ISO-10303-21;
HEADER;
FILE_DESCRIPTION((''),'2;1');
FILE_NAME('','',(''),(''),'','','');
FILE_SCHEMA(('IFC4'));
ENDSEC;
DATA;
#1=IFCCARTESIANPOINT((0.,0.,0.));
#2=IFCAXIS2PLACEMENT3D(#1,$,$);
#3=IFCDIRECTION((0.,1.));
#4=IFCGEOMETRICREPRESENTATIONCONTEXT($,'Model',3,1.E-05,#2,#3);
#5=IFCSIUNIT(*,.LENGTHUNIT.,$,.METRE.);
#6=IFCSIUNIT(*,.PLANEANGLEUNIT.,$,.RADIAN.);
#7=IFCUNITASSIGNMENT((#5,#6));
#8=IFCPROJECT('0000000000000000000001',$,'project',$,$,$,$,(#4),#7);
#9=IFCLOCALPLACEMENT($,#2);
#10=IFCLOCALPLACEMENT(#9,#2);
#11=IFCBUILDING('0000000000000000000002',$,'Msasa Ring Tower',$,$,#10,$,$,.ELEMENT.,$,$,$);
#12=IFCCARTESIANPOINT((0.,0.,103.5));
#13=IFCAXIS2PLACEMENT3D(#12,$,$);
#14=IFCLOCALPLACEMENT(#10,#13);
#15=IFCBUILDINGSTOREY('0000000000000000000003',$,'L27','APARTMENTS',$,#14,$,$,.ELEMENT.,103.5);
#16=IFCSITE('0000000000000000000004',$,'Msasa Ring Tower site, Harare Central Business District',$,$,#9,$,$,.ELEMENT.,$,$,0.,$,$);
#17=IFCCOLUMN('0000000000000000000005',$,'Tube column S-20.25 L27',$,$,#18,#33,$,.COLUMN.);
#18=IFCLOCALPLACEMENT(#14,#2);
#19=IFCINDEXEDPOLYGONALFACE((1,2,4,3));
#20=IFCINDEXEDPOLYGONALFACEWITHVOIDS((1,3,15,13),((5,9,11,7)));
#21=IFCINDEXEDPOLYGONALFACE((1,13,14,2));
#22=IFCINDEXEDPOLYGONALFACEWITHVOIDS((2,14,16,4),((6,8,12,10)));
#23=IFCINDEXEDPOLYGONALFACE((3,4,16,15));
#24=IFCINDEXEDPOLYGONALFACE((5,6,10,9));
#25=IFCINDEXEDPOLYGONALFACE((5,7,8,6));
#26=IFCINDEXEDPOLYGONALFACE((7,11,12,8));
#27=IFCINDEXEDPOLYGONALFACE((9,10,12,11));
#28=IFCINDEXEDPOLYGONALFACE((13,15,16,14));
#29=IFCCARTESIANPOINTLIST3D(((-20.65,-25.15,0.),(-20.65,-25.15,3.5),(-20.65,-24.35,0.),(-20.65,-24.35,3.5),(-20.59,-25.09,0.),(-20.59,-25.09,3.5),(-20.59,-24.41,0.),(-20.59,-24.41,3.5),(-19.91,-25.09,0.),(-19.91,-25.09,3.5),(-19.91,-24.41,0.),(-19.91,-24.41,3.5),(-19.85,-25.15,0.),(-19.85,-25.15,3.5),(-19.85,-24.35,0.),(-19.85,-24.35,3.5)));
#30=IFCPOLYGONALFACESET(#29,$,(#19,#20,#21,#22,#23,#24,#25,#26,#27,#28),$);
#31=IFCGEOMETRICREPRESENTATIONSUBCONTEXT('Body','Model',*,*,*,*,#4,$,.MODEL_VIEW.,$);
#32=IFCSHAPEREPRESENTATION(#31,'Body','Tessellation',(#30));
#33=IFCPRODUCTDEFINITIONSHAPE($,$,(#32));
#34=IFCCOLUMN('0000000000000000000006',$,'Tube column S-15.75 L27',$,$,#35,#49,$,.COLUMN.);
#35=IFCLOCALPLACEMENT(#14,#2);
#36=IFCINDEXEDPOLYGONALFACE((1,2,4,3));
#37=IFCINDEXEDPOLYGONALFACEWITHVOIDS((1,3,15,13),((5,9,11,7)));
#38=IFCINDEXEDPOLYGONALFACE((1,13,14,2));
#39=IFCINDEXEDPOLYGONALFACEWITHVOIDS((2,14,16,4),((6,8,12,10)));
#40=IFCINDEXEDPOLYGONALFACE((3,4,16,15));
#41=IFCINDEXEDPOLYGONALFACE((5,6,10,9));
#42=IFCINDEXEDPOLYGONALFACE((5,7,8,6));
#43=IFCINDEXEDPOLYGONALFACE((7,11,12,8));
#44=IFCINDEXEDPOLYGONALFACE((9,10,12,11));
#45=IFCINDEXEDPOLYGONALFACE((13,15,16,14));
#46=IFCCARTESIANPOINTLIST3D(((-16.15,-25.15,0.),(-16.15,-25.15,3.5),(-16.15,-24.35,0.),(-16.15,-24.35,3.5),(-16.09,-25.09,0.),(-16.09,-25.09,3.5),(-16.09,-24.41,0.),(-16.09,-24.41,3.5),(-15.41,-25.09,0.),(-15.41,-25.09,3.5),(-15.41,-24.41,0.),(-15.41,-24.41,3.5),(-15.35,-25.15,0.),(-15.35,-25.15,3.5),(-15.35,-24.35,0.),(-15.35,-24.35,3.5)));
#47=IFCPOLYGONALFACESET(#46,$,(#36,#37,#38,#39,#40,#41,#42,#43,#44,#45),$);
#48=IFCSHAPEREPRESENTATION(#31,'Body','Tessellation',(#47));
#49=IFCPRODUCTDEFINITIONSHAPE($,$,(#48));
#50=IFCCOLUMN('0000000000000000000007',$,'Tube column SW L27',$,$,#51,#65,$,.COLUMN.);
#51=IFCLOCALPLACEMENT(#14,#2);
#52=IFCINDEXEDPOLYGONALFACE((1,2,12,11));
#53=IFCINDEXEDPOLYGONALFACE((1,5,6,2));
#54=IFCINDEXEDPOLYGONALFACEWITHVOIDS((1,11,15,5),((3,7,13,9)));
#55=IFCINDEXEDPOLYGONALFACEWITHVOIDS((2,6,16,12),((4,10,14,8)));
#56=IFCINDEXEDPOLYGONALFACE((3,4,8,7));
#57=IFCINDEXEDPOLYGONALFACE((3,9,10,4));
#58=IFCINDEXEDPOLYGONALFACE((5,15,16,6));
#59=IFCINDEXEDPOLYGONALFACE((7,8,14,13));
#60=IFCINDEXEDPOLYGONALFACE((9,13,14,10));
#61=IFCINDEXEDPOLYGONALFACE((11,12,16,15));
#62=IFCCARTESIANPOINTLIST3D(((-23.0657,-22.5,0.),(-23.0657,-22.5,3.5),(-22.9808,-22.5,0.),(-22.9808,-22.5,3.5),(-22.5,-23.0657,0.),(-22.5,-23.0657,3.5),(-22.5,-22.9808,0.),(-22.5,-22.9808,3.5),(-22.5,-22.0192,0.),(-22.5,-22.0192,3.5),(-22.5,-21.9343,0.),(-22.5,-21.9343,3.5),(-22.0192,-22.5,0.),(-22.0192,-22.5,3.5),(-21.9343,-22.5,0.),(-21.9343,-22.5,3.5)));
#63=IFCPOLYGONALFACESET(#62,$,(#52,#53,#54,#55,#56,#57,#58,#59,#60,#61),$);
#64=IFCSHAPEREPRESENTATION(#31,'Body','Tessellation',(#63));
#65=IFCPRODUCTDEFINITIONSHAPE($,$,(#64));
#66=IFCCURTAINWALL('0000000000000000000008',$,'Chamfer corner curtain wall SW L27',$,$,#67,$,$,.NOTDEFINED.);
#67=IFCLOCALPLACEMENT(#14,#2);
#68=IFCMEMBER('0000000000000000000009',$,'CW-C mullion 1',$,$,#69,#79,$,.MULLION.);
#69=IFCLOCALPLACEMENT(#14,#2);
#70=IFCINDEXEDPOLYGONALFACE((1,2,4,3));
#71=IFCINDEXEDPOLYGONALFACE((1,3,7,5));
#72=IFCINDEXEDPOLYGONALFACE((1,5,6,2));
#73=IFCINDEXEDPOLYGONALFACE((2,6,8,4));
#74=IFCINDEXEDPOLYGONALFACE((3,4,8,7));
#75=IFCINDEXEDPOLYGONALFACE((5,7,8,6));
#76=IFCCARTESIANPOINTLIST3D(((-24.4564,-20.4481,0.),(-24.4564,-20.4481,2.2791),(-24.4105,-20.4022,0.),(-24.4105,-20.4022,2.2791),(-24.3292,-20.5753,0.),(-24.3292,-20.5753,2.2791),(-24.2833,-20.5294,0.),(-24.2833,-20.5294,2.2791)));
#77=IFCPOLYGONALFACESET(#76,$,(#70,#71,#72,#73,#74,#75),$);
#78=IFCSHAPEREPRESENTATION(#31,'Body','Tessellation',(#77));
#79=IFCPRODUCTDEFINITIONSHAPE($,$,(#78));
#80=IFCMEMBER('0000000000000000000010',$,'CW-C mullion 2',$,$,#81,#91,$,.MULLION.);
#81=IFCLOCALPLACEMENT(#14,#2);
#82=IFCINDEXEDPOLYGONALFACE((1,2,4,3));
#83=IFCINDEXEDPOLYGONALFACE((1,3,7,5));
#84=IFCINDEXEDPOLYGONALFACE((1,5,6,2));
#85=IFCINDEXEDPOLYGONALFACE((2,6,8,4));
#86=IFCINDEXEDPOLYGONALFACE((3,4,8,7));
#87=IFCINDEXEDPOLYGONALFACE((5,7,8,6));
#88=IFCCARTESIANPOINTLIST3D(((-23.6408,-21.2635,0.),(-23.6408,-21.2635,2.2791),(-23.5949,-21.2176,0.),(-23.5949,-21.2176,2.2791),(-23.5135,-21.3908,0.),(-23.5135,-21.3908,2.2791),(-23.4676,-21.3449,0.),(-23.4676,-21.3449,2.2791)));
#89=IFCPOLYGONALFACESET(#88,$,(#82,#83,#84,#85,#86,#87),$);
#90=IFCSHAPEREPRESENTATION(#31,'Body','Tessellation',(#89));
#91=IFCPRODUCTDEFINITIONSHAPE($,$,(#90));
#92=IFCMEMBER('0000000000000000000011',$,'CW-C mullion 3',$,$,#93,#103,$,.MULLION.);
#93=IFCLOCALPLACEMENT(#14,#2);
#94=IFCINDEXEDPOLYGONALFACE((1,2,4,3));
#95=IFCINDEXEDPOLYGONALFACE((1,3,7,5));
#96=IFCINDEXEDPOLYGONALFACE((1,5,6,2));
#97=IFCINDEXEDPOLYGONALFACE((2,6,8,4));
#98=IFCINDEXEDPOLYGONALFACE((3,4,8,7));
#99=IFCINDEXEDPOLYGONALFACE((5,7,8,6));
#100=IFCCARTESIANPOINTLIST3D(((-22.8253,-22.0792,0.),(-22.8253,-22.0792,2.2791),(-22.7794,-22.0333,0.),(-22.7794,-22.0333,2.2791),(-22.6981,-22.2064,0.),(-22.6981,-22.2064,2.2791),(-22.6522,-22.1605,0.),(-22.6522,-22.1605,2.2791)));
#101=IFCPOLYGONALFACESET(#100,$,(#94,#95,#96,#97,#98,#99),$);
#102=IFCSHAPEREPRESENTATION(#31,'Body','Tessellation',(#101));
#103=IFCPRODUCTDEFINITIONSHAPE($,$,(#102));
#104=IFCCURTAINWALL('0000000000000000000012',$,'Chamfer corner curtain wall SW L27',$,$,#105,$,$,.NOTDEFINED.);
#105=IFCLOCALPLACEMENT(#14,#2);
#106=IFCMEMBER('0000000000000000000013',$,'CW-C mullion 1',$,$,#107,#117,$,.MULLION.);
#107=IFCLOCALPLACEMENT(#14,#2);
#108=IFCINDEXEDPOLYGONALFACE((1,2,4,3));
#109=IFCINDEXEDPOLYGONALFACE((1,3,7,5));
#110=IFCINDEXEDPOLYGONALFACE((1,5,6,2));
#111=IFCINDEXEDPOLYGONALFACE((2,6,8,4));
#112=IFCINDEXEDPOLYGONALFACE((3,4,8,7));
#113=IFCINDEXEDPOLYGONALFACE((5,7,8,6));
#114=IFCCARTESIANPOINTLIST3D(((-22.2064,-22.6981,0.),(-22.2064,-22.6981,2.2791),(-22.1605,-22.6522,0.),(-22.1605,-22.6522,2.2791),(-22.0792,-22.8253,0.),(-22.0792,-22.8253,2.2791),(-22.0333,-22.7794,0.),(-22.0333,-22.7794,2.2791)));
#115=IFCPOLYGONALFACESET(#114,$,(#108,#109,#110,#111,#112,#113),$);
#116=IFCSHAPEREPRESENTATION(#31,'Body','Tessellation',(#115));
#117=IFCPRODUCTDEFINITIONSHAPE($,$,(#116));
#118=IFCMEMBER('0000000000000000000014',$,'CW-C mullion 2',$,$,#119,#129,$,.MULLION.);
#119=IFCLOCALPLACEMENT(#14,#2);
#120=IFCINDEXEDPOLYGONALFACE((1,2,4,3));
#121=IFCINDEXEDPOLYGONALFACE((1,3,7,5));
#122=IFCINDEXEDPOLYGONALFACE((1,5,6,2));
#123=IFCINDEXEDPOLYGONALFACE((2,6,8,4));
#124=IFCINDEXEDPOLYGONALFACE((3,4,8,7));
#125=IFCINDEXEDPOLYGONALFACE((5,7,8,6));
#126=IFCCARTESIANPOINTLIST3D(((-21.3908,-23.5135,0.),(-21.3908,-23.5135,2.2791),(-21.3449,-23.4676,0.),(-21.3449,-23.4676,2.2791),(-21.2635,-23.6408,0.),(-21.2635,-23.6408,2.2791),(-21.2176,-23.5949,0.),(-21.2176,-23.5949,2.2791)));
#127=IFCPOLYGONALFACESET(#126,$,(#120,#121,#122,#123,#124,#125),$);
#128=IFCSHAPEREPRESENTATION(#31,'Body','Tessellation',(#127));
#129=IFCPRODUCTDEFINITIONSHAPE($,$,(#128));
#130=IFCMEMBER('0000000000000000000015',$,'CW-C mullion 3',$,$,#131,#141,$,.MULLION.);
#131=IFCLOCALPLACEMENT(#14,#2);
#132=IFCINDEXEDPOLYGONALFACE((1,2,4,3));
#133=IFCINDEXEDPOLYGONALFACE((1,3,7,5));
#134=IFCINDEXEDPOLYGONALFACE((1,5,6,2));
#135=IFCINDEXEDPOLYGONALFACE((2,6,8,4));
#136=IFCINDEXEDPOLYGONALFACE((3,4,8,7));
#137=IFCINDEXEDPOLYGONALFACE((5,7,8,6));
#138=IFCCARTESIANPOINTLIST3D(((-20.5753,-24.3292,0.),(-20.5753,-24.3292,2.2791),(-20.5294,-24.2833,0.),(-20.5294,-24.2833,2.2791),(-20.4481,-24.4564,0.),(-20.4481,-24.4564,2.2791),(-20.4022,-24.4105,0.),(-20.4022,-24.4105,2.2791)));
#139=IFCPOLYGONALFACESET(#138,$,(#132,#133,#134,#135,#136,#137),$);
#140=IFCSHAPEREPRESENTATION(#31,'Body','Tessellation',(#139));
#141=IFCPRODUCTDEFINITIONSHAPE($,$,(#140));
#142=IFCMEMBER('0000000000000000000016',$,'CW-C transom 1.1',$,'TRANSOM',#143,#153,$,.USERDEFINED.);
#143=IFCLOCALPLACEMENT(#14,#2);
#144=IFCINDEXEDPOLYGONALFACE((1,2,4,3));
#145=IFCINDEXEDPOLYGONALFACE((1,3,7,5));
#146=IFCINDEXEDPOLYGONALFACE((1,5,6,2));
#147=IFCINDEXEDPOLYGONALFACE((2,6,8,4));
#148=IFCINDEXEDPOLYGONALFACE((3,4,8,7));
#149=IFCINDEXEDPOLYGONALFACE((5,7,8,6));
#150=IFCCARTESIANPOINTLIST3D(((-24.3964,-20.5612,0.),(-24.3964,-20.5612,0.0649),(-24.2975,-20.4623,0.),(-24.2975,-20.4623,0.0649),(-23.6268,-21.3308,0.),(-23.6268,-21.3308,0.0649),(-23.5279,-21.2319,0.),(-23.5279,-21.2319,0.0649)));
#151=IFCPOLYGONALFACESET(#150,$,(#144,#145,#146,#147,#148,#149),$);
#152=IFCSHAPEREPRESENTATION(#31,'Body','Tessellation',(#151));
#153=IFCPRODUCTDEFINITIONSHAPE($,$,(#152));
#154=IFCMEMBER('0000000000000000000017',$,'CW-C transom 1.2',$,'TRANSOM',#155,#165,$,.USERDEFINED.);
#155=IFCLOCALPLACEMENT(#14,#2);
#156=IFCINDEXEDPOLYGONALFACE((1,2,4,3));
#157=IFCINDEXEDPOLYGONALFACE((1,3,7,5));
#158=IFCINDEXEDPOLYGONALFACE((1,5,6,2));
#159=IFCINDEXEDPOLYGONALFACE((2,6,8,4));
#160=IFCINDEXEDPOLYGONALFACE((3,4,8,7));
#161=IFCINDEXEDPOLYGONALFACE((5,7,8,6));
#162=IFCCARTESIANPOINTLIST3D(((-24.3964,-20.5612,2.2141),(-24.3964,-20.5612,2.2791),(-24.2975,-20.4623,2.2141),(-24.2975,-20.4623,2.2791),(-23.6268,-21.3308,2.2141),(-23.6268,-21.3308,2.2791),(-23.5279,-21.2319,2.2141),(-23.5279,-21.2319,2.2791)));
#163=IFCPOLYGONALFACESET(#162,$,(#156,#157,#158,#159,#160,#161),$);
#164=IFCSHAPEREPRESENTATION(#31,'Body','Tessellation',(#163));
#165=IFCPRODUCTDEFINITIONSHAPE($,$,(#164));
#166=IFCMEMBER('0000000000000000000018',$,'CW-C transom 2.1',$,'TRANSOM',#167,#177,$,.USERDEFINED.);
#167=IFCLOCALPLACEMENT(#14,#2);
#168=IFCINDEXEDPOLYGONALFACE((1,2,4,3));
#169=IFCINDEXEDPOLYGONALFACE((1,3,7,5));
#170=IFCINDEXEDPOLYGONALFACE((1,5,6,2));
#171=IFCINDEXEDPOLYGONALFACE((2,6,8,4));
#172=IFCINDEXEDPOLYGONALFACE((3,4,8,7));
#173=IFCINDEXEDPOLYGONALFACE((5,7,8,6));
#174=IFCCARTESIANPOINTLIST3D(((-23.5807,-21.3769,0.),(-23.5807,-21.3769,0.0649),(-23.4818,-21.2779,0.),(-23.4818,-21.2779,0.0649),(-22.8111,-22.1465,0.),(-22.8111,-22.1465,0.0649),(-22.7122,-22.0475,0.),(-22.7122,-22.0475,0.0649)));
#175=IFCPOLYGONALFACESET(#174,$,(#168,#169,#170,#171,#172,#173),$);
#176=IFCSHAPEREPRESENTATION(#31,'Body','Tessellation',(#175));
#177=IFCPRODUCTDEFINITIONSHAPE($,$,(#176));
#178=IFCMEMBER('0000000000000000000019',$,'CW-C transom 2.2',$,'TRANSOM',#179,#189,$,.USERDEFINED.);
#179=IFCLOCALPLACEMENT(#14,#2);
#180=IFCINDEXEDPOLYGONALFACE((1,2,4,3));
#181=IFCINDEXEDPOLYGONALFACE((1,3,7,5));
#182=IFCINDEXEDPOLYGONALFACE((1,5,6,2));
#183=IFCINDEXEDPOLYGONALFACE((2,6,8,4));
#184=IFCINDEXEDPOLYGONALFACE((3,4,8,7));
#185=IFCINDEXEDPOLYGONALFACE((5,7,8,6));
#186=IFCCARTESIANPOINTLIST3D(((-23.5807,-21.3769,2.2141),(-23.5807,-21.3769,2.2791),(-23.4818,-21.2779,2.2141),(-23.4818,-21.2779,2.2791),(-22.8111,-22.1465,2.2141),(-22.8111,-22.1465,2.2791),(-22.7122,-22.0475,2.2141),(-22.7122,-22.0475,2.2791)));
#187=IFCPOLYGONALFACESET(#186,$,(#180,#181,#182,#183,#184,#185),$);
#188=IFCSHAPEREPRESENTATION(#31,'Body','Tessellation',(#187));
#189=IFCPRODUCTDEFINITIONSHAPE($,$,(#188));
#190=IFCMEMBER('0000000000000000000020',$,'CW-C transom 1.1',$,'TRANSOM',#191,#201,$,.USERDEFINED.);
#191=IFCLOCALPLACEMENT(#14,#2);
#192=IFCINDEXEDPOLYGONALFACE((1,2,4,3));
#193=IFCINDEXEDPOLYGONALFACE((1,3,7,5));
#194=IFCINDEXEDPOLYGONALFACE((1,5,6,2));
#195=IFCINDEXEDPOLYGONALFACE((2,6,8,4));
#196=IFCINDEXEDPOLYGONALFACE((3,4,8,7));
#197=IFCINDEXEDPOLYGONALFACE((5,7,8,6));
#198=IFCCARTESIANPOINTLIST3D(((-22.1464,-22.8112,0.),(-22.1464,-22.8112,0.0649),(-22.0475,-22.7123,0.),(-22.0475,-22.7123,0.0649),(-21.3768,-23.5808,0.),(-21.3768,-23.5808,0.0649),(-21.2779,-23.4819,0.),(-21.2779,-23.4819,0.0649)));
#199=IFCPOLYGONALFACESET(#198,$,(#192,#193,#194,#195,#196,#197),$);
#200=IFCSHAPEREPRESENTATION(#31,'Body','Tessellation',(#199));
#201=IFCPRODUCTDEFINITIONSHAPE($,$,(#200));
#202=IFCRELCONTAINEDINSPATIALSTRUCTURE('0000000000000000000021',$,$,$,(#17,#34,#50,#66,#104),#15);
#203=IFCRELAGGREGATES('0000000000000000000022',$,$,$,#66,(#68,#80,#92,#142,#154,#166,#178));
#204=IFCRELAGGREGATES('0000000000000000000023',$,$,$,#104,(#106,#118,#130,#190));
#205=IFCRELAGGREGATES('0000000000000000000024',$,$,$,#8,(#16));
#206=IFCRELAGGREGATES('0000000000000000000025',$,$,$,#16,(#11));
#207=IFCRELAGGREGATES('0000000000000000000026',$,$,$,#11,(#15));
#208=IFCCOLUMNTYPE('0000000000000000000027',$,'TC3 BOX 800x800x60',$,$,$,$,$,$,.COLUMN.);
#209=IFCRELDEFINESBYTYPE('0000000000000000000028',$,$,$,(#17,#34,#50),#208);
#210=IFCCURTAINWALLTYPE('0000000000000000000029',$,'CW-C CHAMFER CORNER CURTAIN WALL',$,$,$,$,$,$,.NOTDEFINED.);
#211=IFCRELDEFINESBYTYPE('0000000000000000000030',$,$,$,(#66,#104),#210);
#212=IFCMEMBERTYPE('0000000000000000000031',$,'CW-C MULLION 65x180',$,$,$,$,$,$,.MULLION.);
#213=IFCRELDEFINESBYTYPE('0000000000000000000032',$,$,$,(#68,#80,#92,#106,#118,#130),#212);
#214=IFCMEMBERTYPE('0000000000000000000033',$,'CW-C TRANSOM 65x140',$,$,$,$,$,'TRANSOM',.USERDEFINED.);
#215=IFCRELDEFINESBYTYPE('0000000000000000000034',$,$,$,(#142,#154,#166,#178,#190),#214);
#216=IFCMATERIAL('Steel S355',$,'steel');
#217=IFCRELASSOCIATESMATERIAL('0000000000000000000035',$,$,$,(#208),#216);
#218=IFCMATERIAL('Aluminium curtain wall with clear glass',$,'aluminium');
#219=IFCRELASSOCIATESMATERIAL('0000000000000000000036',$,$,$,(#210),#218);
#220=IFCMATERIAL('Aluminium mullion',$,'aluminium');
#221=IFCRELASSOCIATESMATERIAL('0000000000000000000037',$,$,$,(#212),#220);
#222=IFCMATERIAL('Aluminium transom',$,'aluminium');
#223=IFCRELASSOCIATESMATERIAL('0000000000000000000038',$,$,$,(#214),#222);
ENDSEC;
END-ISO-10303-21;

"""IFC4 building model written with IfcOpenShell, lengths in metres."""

from ifc_helpers import new_model, si_unit, direction, frame, origin, origin_2d, place, context, subcontext, project, spatial, rectangle, hollow_rectangle, extrude, material, material_profile, profile_set, type_object, element, aggregate, save


model = new_model("IFC4")

# Units and contexts
model_context = context("Model", 3, precision=1e-05, world=origin(), true_north=direction((0.0, 1.0)))
body_context = subcontext(model_context, "Body", "Model", "MODEL_VIEW")
ifc_project = project(units=[si_unit("LENGTHUNIT", "METRE"), si_unit("PLANEANGLEUNIT", "RADIAN")], contexts=[model_context])

# Site, building, storey
site_placement = place(None, origin())
site = spatial("IfcSite", under=ifc_project, at=site_placement, Name="Msasa Ring Tower site, Harare Central Business District", CompositionType="ELEMENT", RefElevation=0.0)
building_placement = place(site_placement, origin())
building = spatial("IfcBuilding", under=site, at=building_placement, Name="Msasa Ring Tower", CompositionType="ELEMENT")
storey_placement = place(building_placement, frame((0.0, 0.0, 103.5)))
storey = spatial("IfcBuildingStorey", under=building, at=storey_placement, Name="L27", Description="APARTMENTS", CompositionType="ELEMENT", Elevation=103.5)

# Columns
ifc_material_1 = material(Name="Steel S355", Category="steel")
ifc_material_profile_1 = material_profile(ifc_material_1, hollow_rectangle(XDim=0.8, YDim=0.8, WallThickness=0.0601, at=origin_2d()), Name="BOX 800x800x60")
ifc_profile_set_1 = profile_set([ifc_material_profile_1], Name="Steel S355")
column_type = type_object("IfcColumnType", Name="TC3 BOX 800x800x60", PredefinedType="COLUMN", material=ifc_profile_set_1)
for number, where, z_axis, x_axis, name in (
    (1, (-20.25, -24.75, 0.0), (0.0, 0.0, 1.0), (0.0, 1.0, 0.0), "Tube column S-20.25 L27"),
    (2, (-15.75, -24.75, 0.0), (0.0, 0.0, 1.0), (0.0, 1.0, 0.0), "Tube column S-15.75 L27"),
    (3, (-22.5, -22.5, 0.0), (0.0, 0.0, 1.0), (0.707107, 0.707107, 0.0), "Tube column SW L27"),
):
    element("IfcColumn", number, at=place(storey_placement, frame(where, z_axis=z_axis, x_axis=x_axis)), inside=storey, type_object=column_type, Name=name, PredefinedType="COLUMN", context=body_context, shape_type="SweptSolid", body=[
        extrude(hollow_rectangle(XDim=0.8, YDim=0.8, WallThickness=0.0601, at=origin_2d()), origin(), (0.0, 0.0, 1.0), 3.5),
    ])

# Curtain walls, members
ifc_material_2 = material(Name="Aluminium curtain wall with clear glass", Category="aluminium")
curtain_wall_type = type_object("IfcCurtainWallType", Name="CW-C CHAMFER CORNER CURTAIN WALL", PredefinedType="NOTDEFINED", material=ifc_material_2)
curtain_wall_1_placement = place(storey_placement, origin())
curtain_wall_1 = element("IfcCurtainWall", 4, at=curtain_wall_1_placement, inside=storey, type_object=curtain_wall_type, Name="Chamfer corner curtain wall SW L27", PredefinedType="NOTDEFINED")
ifc_material_3 = material(Name="Aluminium mullion", Category="aluminium")
ifc_material_profile_2 = material_profile(ifc_material_3, rectangle(XDim=0.0649, YDim=0.1799, at=origin_2d()), Name="AL 65x180")
ifc_profile_set_2 = profile_set([ifc_material_profile_2], Name="Aluminium mullion")
member_type_1 = type_object("IfcMemberType", Name="CW-C MULLION 65x180", PredefinedType="MULLION", material=ifc_profile_set_2)
member_1_placement = place(storey_placement, frame((-24.3699, -20.4888, 0.0), z_axis=(0.0, 0.0, 1.0), x_axis=(0.707107, 0.707107, 0.0)))
member_1 = element("IfcMember", 5, at=member_1_placement, type_object=member_type_1, Name="CW-C mullion 1", PredefinedType="MULLION", context=body_context, shape_type="SweptSolid", body=[
    extrude(rectangle(XDim=0.0649, YDim=0.1799, at=origin_2d()), origin(), (0.0, 0.0, 1.0), 2.2791),
])
member_2_placement = place(storey_placement, frame((-23.5542, -21.3042, 0.0), z_axis=(0.0, 0.0, 1.0), x_axis=(0.707107, 0.707107, 0.0)))
member_2 = element("IfcMember", 6, at=member_2_placement, type_object=member_type_1, Name="CW-C mullion 2", PredefinedType="MULLION", context=body_context, shape_type="SweptSolid", body=[
    extrude(rectangle(XDim=0.0649, YDim=0.1799, at=origin_2d()), origin(), (0.0, 0.0, 1.0), 2.2791),
])
member_3_placement = place(storey_placement, frame((-22.7388, -22.1199, 0.0), z_axis=(0.0, 0.0, 1.0), x_axis=(0.707107, 0.707107, 0.0)))
member_3 = element("IfcMember", 7, at=member_3_placement, type_object=member_type_1, Name="CW-C mullion 3", PredefinedType="MULLION", context=body_context, shape_type="SweptSolid", body=[
    extrude(rectangle(XDim=0.0649, YDim=0.1799, at=origin_2d()), origin(), (0.0, 0.0, 1.0), 2.2791),
])
curtain_wall_2_placement = place(storey_placement, origin())
curtain_wall_2 = element("IfcCurtainWall", 8, at=curtain_wall_2_placement, inside=storey, type_object=curtain_wall_type, Name="Chamfer corner curtain wall SW L27", PredefinedType="NOTDEFINED")
member_4_placement = place(storey_placement, frame((-22.1199, -22.7388, 0.0), z_axis=(0.0, 0.0, 1.0), x_axis=(0.707107, 0.707107, 0.0)))
member_4 = element("IfcMember", 9, at=member_4_placement, type_object=member_type_1, Name="CW-C mullion 1", PredefinedType="MULLION", context=body_context, shape_type="SweptSolid", body=[
    extrude(rectangle(XDim=0.0649, YDim=0.1799, at=origin_2d()), origin(), (0.0, 0.0, 1.0), 2.2791),
])
member_5_placement = place(storey_placement, frame((-21.3042, -23.5542, 0.0), z_axis=(0.0, 0.0, 1.0), x_axis=(0.707107, 0.707107, 0.0)))
member_5 = element("IfcMember", 10, at=member_5_placement, type_object=member_type_1, Name="CW-C mullion 2", PredefinedType="MULLION", context=body_context, shape_type="SweptSolid", body=[
    extrude(rectangle(XDim=0.0649, YDim=0.1799, at=origin_2d()), origin(), (0.0, 0.0, 1.0), 2.2791),
])
member_6_placement = place(storey_placement, frame((-20.4888, -24.3699, 0.0), z_axis=(0.0, 0.0, 1.0), x_axis=(0.707107, 0.707107, 0.0)))
member_6 = element("IfcMember", 11, at=member_6_placement, type_object=member_type_1, Name="CW-C mullion 3", PredefinedType="MULLION", context=body_context, shape_type="SweptSolid", body=[
    extrude(rectangle(XDim=0.0649, YDim=0.1799, at=origin_2d()), origin(), (0.0, 0.0, 1.0), 2.2791),
])

# Members
ifc_material_4 = material(Name="Aluminium transom", Category="aluminium")
ifc_material_profile_3 = material_profile(ifc_material_4, rectangle(XDim=0.1399, YDim=0.0649, at=origin_2d()), Name="AL 65x140")
ifc_profile_set_3 = profile_set([ifc_material_profile_3], Name="Aluminium transom")
member_type_2 = type_object("IfcMemberType", Name="CW-C TRANSOM 65x140", ElementType="TRANSOM", PredefinedType="USERDEFINED", material=ifc_profile_set_3)
member_7_placement = place(storey_placement, frame((-24.3469, -20.5117, 0.0325), z_axis=(0.707107, -0.707107, 0.0), x_axis=(0.707107, 0.707107, 0.0)))
member_7 = element("IfcMember", 12, at=member_7_placement, type_object=member_type_2, Name="CW-C transom 1.1", ObjectType="TRANSOM", PredefinedType="USERDEFINED", context=body_context, shape_type="SweptSolid", body=[
    extrude(rectangle(XDim=0.1399, YDim=0.0649, at=origin_2d()), origin(), (0.0, 0.0, 1.0), 1.0884),
])
member_8_placement = place(storey_placement, frame((-24.3469, -20.5117, 2.2466), z_axis=(0.707107, -0.707107, 0.0), x_axis=(0.707107, 0.707107, 0.0)))
member_8 = element("IfcMember", 13, at=member_8_placement, type_object=member_type_2, Name="CW-C transom 1.2", ObjectType="TRANSOM", PredefinedType="USERDEFINED", context=body_context, shape_type="SweptSolid", body=[
    extrude(rectangle(XDim=0.1399, YDim=0.0649, at=origin_2d()), origin(), (0.0, 0.0, 1.0), 1.0884),
])
member_9_placement = place(storey_placement, frame((-23.5312, -21.3274, 0.0325), z_axis=(0.707107, -0.707107, 0.0), x_axis=(0.707107, 0.707107, 0.0)))
member_9 = element("IfcMember", 14, at=member_9_placement, type_object=member_type_2, Name="CW-C transom 2.1", ObjectType="TRANSOM", PredefinedType="USERDEFINED", context=body_context, shape_type="SweptSolid", body=[
    extrude(rectangle(XDim=0.1399, YDim=0.0649, at=origin_2d()), origin(), (0.0, 0.0, 1.0), 1.0884),
])
member_10_placement = place(storey_placement, frame((-23.5312, -21.3274, 2.2466), z_axis=(0.707107, -0.707107, 0.0), x_axis=(0.707107, 0.707107, 0.0)))
member_10 = element("IfcMember", 15, at=member_10_placement, type_object=member_type_2, Name="CW-C transom 2.2", ObjectType="TRANSOM", PredefinedType="USERDEFINED", context=body_context, shape_type="SweptSolid", body=[
    extrude(rectangle(XDim=0.1399, YDim=0.0649, at=origin_2d()), origin(), (0.0, 0.0, 1.0), 1.0884),
])
member_11_placement = place(storey_placement, frame((-22.0969, -22.7617, 0.0325), z_axis=(0.707107, -0.707107, 0.0), x_axis=(0.707107, 0.707107, 0.0)))
member_11 = element("IfcMember", 16, at=member_11_placement, type_object=member_type_2, Name="CW-C transom 1.1", ObjectType="TRANSOM", PredefinedType="USERDEFINED", context=body_context, shape_type="SweptSolid", body=[
    extrude(rectangle(XDim=0.1399, YDim=0.0649, at=origin_2d()), origin(), (0.0, 0.0, 1.0), 1.0884),
])

aggregate(curtain_wall_1, [member_1, member_2, member_3, member_7, member_8, member_9, member_10])
aggregate(curtain_wall_2, [member_4, member_5, member_6, member_11])

save(model, "model.ifc")
